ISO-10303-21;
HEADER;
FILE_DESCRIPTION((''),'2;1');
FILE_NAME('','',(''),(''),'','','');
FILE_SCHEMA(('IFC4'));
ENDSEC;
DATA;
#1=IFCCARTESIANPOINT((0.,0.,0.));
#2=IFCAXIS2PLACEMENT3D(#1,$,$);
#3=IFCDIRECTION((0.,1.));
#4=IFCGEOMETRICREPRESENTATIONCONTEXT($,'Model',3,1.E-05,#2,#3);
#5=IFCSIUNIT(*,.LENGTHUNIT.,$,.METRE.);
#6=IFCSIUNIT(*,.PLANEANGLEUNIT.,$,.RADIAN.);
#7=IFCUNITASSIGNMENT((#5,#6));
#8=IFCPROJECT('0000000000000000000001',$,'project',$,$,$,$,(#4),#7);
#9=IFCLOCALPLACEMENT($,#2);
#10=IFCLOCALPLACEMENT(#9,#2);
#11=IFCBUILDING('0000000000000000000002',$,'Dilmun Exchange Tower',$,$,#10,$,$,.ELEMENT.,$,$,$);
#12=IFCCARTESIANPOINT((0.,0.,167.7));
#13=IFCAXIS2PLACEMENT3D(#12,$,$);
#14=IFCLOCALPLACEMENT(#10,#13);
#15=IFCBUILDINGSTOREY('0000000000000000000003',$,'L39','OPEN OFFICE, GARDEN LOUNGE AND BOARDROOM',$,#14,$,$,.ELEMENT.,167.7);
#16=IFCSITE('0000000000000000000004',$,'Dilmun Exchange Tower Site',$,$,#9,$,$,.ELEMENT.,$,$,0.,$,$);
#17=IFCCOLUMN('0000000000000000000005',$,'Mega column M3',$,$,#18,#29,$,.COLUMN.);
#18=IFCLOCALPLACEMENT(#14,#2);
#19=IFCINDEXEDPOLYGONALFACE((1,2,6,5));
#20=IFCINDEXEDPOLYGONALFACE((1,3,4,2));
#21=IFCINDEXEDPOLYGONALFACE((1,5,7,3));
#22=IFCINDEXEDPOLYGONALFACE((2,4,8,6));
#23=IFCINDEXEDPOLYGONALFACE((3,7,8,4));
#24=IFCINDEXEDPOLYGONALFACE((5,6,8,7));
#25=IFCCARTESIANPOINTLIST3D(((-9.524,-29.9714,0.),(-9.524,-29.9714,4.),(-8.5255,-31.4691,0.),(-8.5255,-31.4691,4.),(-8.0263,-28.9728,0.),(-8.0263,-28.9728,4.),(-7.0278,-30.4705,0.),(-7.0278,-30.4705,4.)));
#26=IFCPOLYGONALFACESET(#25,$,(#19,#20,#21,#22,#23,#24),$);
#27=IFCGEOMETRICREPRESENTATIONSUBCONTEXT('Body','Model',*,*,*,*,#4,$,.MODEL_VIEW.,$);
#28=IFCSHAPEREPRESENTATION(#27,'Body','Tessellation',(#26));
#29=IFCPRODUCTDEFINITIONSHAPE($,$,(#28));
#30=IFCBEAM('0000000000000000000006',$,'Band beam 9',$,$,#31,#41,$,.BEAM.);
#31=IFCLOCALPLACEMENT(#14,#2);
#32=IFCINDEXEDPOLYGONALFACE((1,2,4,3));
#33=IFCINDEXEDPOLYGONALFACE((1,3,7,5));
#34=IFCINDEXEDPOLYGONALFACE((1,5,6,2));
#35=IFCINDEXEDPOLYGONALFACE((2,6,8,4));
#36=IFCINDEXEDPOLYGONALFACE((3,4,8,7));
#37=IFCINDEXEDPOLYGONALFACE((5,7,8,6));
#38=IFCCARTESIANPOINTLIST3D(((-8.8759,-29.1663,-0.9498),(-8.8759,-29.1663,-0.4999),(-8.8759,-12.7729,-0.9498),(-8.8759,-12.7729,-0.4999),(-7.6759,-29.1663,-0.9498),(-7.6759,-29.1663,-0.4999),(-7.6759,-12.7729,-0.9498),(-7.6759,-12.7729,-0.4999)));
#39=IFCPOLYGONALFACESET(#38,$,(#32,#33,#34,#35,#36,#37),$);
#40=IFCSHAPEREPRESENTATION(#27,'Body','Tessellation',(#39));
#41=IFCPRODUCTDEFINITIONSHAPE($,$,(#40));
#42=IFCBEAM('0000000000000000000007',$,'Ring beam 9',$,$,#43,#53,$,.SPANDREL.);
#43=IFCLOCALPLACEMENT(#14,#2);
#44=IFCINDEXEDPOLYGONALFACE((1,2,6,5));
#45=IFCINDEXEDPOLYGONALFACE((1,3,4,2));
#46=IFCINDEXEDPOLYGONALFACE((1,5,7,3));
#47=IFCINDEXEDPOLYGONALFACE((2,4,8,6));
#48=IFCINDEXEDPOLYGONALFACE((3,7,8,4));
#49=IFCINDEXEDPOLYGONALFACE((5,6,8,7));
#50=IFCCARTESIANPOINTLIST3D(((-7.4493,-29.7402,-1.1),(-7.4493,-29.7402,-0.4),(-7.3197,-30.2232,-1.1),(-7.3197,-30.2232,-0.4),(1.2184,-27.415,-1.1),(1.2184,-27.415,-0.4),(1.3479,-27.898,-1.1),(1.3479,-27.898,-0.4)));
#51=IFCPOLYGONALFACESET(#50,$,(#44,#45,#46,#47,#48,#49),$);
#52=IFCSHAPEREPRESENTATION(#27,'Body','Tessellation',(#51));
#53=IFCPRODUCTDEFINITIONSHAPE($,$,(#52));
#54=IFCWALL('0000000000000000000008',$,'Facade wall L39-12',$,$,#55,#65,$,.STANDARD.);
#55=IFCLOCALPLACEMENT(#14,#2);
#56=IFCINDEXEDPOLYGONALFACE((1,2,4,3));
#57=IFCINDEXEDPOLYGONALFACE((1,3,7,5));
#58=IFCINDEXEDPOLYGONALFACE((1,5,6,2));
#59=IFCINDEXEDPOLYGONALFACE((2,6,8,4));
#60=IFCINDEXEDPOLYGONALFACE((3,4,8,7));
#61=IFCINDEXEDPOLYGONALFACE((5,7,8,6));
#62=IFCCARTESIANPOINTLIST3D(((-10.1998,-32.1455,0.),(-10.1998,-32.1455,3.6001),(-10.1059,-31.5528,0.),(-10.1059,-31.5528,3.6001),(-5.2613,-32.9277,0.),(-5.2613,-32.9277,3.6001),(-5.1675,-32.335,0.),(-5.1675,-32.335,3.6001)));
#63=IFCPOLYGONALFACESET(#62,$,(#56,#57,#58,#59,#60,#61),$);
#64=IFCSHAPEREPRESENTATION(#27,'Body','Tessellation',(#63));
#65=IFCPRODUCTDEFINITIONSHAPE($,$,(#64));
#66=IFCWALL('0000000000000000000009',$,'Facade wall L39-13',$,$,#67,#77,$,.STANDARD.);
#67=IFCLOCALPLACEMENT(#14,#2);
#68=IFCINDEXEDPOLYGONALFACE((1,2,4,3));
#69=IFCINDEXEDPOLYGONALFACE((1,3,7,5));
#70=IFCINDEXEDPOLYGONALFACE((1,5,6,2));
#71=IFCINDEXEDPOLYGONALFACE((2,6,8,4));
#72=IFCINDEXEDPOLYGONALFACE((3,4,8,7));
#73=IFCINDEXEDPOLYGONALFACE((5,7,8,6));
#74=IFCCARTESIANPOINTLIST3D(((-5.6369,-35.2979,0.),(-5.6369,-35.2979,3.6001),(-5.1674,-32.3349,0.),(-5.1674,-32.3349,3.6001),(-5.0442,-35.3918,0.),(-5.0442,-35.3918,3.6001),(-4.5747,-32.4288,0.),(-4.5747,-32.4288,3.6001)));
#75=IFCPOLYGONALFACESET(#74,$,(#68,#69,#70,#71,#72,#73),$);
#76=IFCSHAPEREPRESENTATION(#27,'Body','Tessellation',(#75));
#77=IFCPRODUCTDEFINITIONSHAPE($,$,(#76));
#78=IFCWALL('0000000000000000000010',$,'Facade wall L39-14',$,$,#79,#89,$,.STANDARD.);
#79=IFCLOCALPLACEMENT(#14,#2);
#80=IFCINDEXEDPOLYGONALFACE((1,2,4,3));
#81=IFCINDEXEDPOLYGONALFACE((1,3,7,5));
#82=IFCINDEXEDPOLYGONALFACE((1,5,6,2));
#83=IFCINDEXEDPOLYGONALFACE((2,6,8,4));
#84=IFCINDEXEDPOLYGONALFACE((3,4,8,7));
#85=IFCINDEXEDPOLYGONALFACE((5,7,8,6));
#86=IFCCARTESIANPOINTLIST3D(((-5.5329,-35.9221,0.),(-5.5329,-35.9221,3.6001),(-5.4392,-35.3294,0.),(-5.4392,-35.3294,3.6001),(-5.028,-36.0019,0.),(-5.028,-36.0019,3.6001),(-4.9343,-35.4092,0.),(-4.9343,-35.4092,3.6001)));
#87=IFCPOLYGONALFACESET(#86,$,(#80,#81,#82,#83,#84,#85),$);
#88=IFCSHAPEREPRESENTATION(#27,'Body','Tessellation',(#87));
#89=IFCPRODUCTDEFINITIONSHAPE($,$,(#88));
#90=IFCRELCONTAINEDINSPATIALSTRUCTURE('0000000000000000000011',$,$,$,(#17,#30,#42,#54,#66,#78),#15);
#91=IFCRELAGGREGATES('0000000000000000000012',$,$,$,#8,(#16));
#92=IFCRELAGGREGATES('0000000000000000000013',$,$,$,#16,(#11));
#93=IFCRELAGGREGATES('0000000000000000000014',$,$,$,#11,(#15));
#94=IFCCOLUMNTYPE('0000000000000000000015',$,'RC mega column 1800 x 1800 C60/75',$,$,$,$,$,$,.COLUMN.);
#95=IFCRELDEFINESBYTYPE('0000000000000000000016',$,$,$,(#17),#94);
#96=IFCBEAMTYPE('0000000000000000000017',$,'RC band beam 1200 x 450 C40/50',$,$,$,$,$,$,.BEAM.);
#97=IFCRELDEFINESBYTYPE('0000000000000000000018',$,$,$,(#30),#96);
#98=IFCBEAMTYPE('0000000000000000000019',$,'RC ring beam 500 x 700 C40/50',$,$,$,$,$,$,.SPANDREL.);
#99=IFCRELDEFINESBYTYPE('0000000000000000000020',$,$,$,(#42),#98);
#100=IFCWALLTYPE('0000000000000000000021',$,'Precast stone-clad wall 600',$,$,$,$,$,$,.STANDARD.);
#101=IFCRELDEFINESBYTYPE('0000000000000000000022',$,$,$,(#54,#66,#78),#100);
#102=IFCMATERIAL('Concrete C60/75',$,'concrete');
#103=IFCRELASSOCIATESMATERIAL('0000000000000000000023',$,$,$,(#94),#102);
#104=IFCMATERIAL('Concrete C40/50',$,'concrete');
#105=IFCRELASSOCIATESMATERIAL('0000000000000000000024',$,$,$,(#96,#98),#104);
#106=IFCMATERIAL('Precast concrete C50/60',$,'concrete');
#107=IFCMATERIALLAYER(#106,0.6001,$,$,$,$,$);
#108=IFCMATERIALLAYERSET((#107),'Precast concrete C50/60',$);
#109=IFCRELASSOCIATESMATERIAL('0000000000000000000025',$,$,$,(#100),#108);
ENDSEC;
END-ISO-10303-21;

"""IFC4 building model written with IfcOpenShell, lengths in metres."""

from ifc_helpers import new_model, si_unit, direction, frame, frame_2d, origin, origin_2d, place, context, subcontext, project, spatial, rectangle, extrude, material, layer, layer_set, material_profile, profile_set, type_object, element, save


model = new_model("IFC4")

# Units and contexts
model_context = context("Model", 3, precision=1e-05, world=origin(), true_north=direction((0.0, 1.0)))
body_context = subcontext(model_context, "Body", "Model", "MODEL_VIEW")
ifc_project = project(units=[si_unit("LENGTHUNIT", "METRE"), si_unit("PLANEANGLEUNIT", "RADIAN")], contexts=[model_context])

# Site, building, storey
site_placement = place(None, origin())
site = spatial("IfcSite", under=ifc_project, at=site_placement, Name="Dilmun Exchange Tower Site", CompositionType="ELEMENT", RefElevation=0.0)
building_placement = place(site_placement, origin())
building = spatial("IfcBuilding", under=site, at=building_placement, Name="Dilmun Exchange Tower", CompositionType="ELEMENT")
storey_placement = place(building_placement, frame((0.0, 0.0, 167.7)))
storey = spatial("IfcBuildingStorey", under=building, at=storey_placement, Name="L39", Description="OPEN OFFICE, GARDEN LOUNGE AND BOARDROOM", CompositionType="ELEMENT", Elevation=167.7)

# Column
ifc_material_1 = material(Name="Concrete C60/75", Category="concrete")
ifc_material_profile_1 = material_profile(ifc_material_1, rectangle(XDim=1.8, YDim=1.8, at=origin_2d()), Name="1800 x 1800")
ifc_profile_set_1 = profile_set([ifc_material_profile_1], Name="Concrete C60/75")
column_type = type_object("IfcColumnType", Name="RC mega column 1800 x 1800 C60/75", PredefinedType="COLUMN", material=ifc_profile_set_1)
column_placement = place(storey_placement, frame((-8.2759, -30.2209, 0.0), z_axis=(0.0, 0.0, 1.0), x_axis=(0.832029, 0.554733, 0.0)))
element("IfcColumn", 1, at=column_placement, inside=storey, type_object=column_type, Name="Mega column M3", PredefinedType="COLUMN", context=body_context, shape_type="SweptSolid", body=[
    extrude(rectangle(XDim=1.8, YDim=1.8, at=origin_2d()), origin(), (0.0, 0.0, 1.0), 4.0),
])

# Beams
ifc_material_2 = material(Name="Concrete C40/50", Category="concrete")
ifc_material_profile_2 = material_profile(ifc_material_2, rectangle(XDim=1.2, YDim=0.45, at=origin_2d()), Name="1200 x 450")
ifc_profile_set_2 = profile_set([ifc_material_profile_2], Name="Concrete C40/50")
beam_type_1 = type_object("IfcBeamType", Name="RC band beam 1200 x 450 C40/50", PredefinedType="BEAM", material=ifc_profile_set_2)
beam_1_placement = place(storey_placement, frame((-8.2759, -29.1663, -0.7249), z_axis=(0.0, 1.0, 0.0), x_axis=(-1.0, 0.0, 0.0)))
element("IfcBeam", 2, at=beam_1_placement, inside=storey, type_object=beam_type_1, Name="Band beam 9", PredefinedType="BEAM", context=body_context, shape_type="SweptSolid", body=[
    extrude(rectangle(XDim=1.2, YDim=0.45, at=origin_2d()), origin(), (0.0, 0.0, 1.0), 16.3933),
])
ifc_material_profile_3 = material_profile(ifc_material_2, rectangle(XDim=0.5, YDim=0.7, at=origin_2d()), Name="500 x 700")
ifc_profile_set_3 = profile_set([ifc_material_profile_3], Name="Concrete C40/50")
beam_type_2 = type_object("IfcBeamType", Name="RC ring beam 500 x 700 C40/50", PredefinedType="SPANDREL", material=ifc_profile_set_3)
beam_2_placement = place(storey_placement, frame((-7.3845, -29.9817, -0.75), z_axis=(0.965851, 0.259098, 0.0), x_axis=(-0.259098, 0.965851, 0.0)))
element("IfcBeam", 3, at=beam_2_placement, inside=storey, type_object=beam_type_2, Name="Ring beam 9", PredefinedType="SPANDREL", context=body_context, shape_type="SweptSolid", body=[
    extrude(rectangle(XDim=0.5, YDim=0.7, at=origin_2d()), origin(), (0.0, 0.0, 1.0), 8.9741),
])

# Walls
ifc_material_3 = material(Name="Precast concrete C50/60", Category="concrete")
ifc_layer = layer(ifc_material_3, 0.6001)
ifc_layer_set = layer_set([ifc_layer], Name="Precast concrete C50/60")
wall_type = type_object("IfcWallType", Name="Precast stone-clad wall 600", PredefinedType="STANDARD", material=ifc_layer_set)
wall_1_placement = place(storey_placement, frame((-10.1528, -31.8491, 0.0), z_axis=(0.0, 0.0, 1.0), x_axis=(0.987687, -0.156444, 0.0)))
element("IfcWall", 4, at=wall_1_placement, inside=storey, type_object=wall_type, Name="Facade wall L39-12", PredefinedType="STANDARD", context=body_context, shape_type="SweptSolid", body=[
    extrude(rectangle(XDim=5.0, YDim=0.6001, at=frame_2d((2.5, 0.0))), origin(), (0.0, 0.0, 1.0), 3.6001),
])
wall_2_placement = place(storey_placement, frame((-4.8711, -32.3818, 0.0), z_axis=(0.0, 0.0, 1.0), x_axis=(-0.156489, -0.98768, 0.0)))
element("IfcWall", 5, at=wall_2_placement, inside=storey, type_object=wall_type, Name="Facade wall L39-13", PredefinedType="STANDARD", context=body_context, shape_type="SweptSolid", body=[
    extrude(rectangle(XDim=3.0, YDim=0.6001, at=frame_2d((1.5, 0.0))), origin(), (0.0, 0.0, 1.0), 3.6001),
])
wall_3_placement = place(storey_placement, frame((-5.4861, -35.6257, 0.0), z_axis=(0.0, 0.0, 1.0), x_axis=(0.987728, -0.156183, 0.0)))
element("IfcWall", 6, at=wall_3_placement, inside=storey, type_object=wall_type, Name="Facade wall L39-14", PredefinedType="STANDARD", context=body_context, shape_type="SweptSolid", body=[
    extrude(rectangle(XDim=0.5112, YDim=0.6001, at=frame_2d((0.2556, 0.0))), origin(), (0.0, 0.0, 1.0), 3.6001),
])

save(model, "model.ifc")
